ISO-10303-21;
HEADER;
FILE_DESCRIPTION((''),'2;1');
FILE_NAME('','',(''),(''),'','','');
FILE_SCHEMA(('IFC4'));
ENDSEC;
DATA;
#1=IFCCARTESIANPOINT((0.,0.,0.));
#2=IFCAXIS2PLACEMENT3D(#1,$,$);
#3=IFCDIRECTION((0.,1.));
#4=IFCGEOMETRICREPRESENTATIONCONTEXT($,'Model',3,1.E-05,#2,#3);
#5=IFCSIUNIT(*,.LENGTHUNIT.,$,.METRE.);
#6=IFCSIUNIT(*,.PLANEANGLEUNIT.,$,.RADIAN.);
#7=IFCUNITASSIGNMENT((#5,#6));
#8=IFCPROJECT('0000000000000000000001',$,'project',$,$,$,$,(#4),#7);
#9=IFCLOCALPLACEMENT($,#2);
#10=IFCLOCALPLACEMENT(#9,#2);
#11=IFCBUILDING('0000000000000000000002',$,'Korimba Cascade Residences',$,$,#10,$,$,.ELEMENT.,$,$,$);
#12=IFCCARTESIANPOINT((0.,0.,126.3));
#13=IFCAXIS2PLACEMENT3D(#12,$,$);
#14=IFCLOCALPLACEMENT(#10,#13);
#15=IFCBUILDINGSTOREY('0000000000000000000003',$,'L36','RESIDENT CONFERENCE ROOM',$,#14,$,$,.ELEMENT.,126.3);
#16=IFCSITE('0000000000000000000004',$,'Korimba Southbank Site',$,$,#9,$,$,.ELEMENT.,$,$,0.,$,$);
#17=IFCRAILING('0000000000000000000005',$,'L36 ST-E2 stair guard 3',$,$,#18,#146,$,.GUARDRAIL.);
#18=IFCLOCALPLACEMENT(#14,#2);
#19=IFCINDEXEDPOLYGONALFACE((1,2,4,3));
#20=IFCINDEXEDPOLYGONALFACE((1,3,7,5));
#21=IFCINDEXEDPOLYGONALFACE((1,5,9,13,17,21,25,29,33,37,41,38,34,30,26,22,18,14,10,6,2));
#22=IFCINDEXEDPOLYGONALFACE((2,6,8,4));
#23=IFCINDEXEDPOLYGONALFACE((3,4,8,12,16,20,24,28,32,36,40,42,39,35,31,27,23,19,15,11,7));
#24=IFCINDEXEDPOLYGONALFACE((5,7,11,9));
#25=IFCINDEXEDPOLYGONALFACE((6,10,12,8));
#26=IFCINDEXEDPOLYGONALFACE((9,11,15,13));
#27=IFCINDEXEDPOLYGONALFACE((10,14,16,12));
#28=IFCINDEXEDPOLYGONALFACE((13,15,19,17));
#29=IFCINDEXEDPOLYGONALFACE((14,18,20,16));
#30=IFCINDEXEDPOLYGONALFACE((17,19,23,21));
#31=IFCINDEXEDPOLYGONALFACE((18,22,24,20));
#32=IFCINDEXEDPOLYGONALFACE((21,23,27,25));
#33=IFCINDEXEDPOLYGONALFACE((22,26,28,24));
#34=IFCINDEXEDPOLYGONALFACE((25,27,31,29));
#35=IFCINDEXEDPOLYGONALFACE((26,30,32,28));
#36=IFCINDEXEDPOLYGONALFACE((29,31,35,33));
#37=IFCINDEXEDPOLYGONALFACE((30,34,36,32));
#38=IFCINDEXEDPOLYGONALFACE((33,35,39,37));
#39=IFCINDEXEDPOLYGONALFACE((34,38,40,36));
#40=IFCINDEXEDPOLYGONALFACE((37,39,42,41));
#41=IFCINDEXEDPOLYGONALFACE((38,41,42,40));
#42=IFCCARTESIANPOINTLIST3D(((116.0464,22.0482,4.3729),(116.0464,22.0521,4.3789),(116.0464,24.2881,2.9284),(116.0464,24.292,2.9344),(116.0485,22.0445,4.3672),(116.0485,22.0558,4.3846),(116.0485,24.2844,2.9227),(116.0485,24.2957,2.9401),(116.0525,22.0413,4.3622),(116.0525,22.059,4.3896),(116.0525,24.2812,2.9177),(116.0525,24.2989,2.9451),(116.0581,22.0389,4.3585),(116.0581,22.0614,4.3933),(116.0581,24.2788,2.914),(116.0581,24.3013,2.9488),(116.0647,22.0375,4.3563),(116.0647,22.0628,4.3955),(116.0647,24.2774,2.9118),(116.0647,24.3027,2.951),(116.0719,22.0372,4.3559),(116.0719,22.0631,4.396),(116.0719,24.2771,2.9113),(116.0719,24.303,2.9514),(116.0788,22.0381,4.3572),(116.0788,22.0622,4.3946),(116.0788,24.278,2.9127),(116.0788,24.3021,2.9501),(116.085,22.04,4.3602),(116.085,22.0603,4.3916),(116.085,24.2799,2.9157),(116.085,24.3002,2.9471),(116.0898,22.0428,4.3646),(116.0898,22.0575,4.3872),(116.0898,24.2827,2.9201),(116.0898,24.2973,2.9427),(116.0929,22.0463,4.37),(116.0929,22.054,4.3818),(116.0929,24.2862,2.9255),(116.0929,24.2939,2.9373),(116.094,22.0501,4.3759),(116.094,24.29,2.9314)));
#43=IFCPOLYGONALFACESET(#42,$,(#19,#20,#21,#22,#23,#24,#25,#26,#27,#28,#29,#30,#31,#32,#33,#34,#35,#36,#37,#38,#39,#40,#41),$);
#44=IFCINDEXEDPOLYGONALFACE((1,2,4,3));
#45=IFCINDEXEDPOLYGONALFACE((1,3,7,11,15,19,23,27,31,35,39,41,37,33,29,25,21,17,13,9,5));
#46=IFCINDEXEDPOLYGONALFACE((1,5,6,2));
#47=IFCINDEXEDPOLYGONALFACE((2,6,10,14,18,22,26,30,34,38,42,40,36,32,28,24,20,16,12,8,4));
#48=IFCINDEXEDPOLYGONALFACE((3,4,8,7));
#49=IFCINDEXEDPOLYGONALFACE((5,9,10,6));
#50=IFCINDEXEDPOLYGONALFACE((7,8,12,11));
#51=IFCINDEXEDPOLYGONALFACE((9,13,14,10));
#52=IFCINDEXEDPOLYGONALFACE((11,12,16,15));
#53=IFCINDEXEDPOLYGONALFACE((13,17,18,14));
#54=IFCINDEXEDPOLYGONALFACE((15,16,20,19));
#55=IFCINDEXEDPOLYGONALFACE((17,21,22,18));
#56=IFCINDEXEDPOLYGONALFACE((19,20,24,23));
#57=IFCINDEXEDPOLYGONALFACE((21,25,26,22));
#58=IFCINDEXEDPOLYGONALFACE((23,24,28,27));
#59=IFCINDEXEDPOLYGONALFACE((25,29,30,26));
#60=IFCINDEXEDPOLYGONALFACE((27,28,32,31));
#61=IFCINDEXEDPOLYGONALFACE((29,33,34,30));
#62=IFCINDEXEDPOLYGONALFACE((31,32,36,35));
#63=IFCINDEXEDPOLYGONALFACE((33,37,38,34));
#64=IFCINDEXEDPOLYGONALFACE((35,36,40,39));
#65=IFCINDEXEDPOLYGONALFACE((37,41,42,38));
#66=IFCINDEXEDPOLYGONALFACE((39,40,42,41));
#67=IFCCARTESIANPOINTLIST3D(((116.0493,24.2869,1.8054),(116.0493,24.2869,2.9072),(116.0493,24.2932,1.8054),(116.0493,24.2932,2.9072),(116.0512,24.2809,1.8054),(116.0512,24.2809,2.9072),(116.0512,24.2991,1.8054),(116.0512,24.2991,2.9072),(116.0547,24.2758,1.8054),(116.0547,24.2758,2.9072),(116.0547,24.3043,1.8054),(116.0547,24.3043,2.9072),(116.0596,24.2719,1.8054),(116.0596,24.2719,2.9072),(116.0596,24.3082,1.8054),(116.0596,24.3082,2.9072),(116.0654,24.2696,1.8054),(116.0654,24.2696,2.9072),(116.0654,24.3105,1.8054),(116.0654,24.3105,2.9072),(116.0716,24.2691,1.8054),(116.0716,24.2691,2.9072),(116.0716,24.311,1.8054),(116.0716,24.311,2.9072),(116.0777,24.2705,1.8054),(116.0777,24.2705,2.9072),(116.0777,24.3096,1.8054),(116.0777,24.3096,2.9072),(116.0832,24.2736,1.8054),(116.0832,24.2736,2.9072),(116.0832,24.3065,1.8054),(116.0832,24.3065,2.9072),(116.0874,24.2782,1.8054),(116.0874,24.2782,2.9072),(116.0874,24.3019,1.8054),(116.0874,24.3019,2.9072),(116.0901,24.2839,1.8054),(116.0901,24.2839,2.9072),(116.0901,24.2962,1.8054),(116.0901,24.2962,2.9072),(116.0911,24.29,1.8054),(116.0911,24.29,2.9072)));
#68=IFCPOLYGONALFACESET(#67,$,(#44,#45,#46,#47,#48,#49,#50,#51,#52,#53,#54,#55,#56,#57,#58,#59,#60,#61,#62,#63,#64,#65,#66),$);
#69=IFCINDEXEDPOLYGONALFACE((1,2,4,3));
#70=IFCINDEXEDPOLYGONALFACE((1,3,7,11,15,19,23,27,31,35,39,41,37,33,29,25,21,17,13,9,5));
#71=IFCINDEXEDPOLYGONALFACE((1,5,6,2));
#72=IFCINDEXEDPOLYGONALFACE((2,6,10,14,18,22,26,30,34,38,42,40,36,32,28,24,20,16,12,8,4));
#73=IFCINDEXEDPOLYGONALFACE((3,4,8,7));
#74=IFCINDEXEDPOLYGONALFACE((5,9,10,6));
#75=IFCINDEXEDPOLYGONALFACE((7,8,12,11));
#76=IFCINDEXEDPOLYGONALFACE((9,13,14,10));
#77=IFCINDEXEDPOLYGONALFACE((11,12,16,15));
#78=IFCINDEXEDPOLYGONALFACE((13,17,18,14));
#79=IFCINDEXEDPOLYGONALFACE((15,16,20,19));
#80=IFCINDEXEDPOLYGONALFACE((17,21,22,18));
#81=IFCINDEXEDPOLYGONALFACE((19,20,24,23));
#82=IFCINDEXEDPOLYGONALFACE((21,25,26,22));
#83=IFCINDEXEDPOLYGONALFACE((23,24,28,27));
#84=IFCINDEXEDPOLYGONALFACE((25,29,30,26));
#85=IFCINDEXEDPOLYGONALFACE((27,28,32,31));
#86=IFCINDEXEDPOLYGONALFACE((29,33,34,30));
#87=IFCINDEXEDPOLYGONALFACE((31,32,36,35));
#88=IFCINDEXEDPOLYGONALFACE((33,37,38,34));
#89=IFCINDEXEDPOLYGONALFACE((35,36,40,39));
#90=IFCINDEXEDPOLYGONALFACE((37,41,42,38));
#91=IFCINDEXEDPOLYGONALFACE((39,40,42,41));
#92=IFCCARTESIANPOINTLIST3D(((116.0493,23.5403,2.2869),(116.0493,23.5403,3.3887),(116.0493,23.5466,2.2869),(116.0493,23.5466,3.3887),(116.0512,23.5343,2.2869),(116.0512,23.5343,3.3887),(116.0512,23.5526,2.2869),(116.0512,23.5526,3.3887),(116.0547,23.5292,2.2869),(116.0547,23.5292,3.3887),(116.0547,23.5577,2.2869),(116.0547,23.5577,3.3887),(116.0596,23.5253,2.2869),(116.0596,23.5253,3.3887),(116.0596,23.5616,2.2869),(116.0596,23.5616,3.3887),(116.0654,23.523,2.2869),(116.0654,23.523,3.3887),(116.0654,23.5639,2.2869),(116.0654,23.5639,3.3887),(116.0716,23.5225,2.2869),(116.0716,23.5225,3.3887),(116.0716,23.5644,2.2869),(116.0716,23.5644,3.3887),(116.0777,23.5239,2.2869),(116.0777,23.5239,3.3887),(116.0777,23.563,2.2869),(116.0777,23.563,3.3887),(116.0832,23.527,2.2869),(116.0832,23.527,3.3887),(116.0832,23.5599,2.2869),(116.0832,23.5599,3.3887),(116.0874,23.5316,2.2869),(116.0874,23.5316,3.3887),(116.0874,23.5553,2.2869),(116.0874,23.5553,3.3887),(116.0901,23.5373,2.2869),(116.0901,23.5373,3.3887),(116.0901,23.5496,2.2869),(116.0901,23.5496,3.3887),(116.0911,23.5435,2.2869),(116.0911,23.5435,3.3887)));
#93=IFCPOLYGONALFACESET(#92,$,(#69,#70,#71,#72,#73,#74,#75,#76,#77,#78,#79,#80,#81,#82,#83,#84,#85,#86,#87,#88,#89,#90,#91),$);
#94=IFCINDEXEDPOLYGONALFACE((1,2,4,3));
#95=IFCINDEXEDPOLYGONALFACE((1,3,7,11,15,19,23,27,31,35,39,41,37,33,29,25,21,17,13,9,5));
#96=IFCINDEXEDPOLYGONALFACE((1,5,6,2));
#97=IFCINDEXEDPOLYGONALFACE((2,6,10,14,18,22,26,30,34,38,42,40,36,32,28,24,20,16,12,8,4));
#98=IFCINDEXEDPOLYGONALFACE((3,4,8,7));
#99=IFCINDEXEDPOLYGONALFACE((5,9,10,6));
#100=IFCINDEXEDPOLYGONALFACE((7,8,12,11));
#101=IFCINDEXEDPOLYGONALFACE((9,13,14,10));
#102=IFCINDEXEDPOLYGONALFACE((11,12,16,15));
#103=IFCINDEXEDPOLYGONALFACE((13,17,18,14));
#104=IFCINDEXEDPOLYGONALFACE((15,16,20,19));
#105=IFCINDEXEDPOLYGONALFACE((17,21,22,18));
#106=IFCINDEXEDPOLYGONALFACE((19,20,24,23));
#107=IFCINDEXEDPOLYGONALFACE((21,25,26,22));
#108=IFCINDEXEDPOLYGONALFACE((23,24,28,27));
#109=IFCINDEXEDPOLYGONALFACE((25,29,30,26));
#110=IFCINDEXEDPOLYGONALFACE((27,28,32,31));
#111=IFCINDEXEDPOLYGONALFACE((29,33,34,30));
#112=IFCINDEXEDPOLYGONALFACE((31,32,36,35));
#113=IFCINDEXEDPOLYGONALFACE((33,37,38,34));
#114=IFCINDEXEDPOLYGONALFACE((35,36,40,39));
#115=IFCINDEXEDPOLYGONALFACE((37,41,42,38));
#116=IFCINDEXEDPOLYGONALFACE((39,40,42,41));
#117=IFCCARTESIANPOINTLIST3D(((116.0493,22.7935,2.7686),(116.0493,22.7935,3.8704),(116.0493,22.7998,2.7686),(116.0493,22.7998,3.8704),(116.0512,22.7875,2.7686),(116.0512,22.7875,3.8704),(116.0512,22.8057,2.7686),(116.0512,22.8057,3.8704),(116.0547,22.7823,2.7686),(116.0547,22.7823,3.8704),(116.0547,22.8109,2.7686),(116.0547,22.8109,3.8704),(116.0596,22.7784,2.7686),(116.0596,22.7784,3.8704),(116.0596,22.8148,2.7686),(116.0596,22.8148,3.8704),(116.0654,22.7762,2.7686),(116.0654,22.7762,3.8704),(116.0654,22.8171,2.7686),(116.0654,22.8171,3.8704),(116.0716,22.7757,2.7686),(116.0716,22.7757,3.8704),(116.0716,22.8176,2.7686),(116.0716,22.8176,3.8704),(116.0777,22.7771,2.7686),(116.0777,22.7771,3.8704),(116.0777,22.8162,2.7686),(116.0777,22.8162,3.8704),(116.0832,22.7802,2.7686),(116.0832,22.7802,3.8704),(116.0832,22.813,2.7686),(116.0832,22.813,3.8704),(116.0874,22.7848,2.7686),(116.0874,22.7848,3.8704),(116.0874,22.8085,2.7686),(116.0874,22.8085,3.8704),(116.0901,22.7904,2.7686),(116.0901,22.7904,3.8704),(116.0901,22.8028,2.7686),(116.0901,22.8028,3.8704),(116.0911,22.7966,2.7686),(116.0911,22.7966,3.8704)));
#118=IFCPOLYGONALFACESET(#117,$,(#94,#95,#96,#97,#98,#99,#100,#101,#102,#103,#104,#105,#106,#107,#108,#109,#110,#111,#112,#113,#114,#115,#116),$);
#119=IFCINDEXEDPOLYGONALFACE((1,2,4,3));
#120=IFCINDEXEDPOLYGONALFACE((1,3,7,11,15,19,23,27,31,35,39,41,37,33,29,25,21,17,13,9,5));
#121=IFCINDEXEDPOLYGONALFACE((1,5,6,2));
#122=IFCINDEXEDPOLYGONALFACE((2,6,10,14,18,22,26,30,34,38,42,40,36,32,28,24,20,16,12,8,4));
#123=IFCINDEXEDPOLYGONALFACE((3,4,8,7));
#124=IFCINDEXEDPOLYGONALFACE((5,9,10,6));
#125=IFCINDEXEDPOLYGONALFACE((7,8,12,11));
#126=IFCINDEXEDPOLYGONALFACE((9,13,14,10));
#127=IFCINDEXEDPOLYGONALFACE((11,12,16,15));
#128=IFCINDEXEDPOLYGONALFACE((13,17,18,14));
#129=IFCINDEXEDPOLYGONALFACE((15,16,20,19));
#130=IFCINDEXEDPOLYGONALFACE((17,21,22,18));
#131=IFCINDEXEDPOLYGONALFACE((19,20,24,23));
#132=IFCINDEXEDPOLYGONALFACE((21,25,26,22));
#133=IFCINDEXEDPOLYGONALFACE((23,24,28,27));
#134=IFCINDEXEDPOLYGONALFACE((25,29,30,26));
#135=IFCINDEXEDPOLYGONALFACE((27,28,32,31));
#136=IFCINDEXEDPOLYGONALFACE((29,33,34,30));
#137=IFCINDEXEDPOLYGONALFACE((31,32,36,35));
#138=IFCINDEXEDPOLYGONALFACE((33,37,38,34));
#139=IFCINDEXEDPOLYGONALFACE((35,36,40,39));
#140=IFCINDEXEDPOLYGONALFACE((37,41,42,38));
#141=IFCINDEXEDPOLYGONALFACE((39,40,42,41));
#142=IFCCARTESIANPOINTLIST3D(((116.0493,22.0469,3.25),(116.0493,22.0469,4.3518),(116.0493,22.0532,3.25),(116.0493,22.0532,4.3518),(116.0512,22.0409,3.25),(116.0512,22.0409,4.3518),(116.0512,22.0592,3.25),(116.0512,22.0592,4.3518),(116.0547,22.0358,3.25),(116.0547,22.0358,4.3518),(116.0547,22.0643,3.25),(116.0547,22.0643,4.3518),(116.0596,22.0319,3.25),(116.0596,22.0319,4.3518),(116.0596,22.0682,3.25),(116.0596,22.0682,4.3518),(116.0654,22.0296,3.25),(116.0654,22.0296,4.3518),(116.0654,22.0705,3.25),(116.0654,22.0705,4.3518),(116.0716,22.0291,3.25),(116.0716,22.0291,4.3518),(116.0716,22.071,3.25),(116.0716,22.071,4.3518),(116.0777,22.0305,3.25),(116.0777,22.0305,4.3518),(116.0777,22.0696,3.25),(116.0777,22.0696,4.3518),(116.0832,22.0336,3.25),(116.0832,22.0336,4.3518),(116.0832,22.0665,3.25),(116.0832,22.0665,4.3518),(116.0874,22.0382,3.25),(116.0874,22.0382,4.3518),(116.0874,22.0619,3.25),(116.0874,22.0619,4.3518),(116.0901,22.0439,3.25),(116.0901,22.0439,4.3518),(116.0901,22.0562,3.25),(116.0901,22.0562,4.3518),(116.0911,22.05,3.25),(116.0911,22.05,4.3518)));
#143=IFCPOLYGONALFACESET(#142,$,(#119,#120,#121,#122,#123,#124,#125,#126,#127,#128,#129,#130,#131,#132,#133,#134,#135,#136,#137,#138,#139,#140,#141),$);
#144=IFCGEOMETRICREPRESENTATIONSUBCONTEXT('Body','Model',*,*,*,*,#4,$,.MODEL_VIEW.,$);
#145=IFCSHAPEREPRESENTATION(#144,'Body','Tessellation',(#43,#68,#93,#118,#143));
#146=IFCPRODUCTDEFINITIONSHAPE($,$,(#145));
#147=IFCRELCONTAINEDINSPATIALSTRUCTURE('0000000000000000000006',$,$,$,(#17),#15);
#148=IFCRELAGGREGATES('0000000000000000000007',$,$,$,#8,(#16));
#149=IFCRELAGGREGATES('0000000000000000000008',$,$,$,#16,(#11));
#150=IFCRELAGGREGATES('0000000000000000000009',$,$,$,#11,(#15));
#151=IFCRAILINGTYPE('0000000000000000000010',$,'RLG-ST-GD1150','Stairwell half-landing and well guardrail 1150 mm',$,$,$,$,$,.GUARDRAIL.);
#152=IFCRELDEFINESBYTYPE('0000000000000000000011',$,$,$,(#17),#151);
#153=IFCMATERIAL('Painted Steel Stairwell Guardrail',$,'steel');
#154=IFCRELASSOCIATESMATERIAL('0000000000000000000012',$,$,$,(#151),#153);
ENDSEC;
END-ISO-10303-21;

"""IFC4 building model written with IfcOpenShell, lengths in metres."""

from ifc_helpers import new_model, si_unit, direction, frame, origin, origin_2d, place, context, subcontext, project, spatial, circle, extrude, material, type_object, element, save


model = new_model("IFC4")

# Units and contexts
model_context = context("Model", 3, precision=1e-05, world=origin(), true_north=direction((0.0, 1.0)))
body_context = subcontext(model_context, "Body", "Model", "MODEL_VIEW")
ifc_project = project(units=[si_unit("LENGTHUNIT", "METRE"), si_unit("PLANEANGLEUNIT", "RADIAN")], contexts=[model_context])

# Site, building, storey
site_placement = place(None, origin())
site = spatial("IfcSite", under=ifc_project, at=site_placement, Name="Korimba Southbank Site", CompositionType="ELEMENT", RefElevation=0.0)
building_placement = place(site_placement, origin())
building = spatial("IfcBuilding", under=site, at=building_placement, Name="Korimba Cascade Residences", CompositionType="ELEMENT")
storey_placement = place(building_placement, frame((0.0, 0.0, 126.3)))
storey = spatial("IfcBuildingStorey", under=building, at=storey_placement, Name="L36", Description="RESIDENT CONFERENCE ROOM", CompositionType="ELEMENT", Elevation=126.3)

# Railing
ifc_material_1 = material(Name="Painted Steel Stairwell Guardrail", Category="steel")
railing_type_1 = type_object("IfcRailingType", Name="RLG-ST-GD1150", Description="Stairwell half-landing and well guardrail 1150 mm", PredefinedType="GUARDRAIL", material=ifc_material_1)
railing_1_placement = place(storey_placement, frame((116.0701, 24.29, 1.8054)))
element("IfcRailing", 1, at=railing_1_placement, inside=storey, type_object=railing_type_1, Name="L36 ST-E2 stair guard 3", PredefinedType="GUARDRAIL", context=body_context, shape_type="SweptSolid", body=[
    extrude(circle(Radius=0.0239, at=origin_2d()), frame((0.0, 0.0, 1.126), z_axis=(0.0, -0.840395, 0.541975), x_axis=(1.0, 0.0, 0.0)), (0.0, 0.0, 1.0), 2.6653),
    extrude(circle(Radius=0.021, at=origin_2d()), origin(), (0.0, 0.0, 1.0), 1.1018),
    extrude(circle(Radius=0.021, at=origin_2d()), frame((0.0, -0.7466, 0.4814)), (0.0, 0.0, 1.0), 1.1018),
    extrude(circle(Radius=0.021, at=origin_2d()), frame((0.0, -1.4934, 0.9631)), (0.0, 0.0, 1.0), 1.1018),
    extrude(circle(Radius=0.021, at=origin_2d()), frame((0.0, -2.24, 1.4446)), (0.0, 0.0, 1.0), 1.1018),
])

save(model, "model.ifc")
